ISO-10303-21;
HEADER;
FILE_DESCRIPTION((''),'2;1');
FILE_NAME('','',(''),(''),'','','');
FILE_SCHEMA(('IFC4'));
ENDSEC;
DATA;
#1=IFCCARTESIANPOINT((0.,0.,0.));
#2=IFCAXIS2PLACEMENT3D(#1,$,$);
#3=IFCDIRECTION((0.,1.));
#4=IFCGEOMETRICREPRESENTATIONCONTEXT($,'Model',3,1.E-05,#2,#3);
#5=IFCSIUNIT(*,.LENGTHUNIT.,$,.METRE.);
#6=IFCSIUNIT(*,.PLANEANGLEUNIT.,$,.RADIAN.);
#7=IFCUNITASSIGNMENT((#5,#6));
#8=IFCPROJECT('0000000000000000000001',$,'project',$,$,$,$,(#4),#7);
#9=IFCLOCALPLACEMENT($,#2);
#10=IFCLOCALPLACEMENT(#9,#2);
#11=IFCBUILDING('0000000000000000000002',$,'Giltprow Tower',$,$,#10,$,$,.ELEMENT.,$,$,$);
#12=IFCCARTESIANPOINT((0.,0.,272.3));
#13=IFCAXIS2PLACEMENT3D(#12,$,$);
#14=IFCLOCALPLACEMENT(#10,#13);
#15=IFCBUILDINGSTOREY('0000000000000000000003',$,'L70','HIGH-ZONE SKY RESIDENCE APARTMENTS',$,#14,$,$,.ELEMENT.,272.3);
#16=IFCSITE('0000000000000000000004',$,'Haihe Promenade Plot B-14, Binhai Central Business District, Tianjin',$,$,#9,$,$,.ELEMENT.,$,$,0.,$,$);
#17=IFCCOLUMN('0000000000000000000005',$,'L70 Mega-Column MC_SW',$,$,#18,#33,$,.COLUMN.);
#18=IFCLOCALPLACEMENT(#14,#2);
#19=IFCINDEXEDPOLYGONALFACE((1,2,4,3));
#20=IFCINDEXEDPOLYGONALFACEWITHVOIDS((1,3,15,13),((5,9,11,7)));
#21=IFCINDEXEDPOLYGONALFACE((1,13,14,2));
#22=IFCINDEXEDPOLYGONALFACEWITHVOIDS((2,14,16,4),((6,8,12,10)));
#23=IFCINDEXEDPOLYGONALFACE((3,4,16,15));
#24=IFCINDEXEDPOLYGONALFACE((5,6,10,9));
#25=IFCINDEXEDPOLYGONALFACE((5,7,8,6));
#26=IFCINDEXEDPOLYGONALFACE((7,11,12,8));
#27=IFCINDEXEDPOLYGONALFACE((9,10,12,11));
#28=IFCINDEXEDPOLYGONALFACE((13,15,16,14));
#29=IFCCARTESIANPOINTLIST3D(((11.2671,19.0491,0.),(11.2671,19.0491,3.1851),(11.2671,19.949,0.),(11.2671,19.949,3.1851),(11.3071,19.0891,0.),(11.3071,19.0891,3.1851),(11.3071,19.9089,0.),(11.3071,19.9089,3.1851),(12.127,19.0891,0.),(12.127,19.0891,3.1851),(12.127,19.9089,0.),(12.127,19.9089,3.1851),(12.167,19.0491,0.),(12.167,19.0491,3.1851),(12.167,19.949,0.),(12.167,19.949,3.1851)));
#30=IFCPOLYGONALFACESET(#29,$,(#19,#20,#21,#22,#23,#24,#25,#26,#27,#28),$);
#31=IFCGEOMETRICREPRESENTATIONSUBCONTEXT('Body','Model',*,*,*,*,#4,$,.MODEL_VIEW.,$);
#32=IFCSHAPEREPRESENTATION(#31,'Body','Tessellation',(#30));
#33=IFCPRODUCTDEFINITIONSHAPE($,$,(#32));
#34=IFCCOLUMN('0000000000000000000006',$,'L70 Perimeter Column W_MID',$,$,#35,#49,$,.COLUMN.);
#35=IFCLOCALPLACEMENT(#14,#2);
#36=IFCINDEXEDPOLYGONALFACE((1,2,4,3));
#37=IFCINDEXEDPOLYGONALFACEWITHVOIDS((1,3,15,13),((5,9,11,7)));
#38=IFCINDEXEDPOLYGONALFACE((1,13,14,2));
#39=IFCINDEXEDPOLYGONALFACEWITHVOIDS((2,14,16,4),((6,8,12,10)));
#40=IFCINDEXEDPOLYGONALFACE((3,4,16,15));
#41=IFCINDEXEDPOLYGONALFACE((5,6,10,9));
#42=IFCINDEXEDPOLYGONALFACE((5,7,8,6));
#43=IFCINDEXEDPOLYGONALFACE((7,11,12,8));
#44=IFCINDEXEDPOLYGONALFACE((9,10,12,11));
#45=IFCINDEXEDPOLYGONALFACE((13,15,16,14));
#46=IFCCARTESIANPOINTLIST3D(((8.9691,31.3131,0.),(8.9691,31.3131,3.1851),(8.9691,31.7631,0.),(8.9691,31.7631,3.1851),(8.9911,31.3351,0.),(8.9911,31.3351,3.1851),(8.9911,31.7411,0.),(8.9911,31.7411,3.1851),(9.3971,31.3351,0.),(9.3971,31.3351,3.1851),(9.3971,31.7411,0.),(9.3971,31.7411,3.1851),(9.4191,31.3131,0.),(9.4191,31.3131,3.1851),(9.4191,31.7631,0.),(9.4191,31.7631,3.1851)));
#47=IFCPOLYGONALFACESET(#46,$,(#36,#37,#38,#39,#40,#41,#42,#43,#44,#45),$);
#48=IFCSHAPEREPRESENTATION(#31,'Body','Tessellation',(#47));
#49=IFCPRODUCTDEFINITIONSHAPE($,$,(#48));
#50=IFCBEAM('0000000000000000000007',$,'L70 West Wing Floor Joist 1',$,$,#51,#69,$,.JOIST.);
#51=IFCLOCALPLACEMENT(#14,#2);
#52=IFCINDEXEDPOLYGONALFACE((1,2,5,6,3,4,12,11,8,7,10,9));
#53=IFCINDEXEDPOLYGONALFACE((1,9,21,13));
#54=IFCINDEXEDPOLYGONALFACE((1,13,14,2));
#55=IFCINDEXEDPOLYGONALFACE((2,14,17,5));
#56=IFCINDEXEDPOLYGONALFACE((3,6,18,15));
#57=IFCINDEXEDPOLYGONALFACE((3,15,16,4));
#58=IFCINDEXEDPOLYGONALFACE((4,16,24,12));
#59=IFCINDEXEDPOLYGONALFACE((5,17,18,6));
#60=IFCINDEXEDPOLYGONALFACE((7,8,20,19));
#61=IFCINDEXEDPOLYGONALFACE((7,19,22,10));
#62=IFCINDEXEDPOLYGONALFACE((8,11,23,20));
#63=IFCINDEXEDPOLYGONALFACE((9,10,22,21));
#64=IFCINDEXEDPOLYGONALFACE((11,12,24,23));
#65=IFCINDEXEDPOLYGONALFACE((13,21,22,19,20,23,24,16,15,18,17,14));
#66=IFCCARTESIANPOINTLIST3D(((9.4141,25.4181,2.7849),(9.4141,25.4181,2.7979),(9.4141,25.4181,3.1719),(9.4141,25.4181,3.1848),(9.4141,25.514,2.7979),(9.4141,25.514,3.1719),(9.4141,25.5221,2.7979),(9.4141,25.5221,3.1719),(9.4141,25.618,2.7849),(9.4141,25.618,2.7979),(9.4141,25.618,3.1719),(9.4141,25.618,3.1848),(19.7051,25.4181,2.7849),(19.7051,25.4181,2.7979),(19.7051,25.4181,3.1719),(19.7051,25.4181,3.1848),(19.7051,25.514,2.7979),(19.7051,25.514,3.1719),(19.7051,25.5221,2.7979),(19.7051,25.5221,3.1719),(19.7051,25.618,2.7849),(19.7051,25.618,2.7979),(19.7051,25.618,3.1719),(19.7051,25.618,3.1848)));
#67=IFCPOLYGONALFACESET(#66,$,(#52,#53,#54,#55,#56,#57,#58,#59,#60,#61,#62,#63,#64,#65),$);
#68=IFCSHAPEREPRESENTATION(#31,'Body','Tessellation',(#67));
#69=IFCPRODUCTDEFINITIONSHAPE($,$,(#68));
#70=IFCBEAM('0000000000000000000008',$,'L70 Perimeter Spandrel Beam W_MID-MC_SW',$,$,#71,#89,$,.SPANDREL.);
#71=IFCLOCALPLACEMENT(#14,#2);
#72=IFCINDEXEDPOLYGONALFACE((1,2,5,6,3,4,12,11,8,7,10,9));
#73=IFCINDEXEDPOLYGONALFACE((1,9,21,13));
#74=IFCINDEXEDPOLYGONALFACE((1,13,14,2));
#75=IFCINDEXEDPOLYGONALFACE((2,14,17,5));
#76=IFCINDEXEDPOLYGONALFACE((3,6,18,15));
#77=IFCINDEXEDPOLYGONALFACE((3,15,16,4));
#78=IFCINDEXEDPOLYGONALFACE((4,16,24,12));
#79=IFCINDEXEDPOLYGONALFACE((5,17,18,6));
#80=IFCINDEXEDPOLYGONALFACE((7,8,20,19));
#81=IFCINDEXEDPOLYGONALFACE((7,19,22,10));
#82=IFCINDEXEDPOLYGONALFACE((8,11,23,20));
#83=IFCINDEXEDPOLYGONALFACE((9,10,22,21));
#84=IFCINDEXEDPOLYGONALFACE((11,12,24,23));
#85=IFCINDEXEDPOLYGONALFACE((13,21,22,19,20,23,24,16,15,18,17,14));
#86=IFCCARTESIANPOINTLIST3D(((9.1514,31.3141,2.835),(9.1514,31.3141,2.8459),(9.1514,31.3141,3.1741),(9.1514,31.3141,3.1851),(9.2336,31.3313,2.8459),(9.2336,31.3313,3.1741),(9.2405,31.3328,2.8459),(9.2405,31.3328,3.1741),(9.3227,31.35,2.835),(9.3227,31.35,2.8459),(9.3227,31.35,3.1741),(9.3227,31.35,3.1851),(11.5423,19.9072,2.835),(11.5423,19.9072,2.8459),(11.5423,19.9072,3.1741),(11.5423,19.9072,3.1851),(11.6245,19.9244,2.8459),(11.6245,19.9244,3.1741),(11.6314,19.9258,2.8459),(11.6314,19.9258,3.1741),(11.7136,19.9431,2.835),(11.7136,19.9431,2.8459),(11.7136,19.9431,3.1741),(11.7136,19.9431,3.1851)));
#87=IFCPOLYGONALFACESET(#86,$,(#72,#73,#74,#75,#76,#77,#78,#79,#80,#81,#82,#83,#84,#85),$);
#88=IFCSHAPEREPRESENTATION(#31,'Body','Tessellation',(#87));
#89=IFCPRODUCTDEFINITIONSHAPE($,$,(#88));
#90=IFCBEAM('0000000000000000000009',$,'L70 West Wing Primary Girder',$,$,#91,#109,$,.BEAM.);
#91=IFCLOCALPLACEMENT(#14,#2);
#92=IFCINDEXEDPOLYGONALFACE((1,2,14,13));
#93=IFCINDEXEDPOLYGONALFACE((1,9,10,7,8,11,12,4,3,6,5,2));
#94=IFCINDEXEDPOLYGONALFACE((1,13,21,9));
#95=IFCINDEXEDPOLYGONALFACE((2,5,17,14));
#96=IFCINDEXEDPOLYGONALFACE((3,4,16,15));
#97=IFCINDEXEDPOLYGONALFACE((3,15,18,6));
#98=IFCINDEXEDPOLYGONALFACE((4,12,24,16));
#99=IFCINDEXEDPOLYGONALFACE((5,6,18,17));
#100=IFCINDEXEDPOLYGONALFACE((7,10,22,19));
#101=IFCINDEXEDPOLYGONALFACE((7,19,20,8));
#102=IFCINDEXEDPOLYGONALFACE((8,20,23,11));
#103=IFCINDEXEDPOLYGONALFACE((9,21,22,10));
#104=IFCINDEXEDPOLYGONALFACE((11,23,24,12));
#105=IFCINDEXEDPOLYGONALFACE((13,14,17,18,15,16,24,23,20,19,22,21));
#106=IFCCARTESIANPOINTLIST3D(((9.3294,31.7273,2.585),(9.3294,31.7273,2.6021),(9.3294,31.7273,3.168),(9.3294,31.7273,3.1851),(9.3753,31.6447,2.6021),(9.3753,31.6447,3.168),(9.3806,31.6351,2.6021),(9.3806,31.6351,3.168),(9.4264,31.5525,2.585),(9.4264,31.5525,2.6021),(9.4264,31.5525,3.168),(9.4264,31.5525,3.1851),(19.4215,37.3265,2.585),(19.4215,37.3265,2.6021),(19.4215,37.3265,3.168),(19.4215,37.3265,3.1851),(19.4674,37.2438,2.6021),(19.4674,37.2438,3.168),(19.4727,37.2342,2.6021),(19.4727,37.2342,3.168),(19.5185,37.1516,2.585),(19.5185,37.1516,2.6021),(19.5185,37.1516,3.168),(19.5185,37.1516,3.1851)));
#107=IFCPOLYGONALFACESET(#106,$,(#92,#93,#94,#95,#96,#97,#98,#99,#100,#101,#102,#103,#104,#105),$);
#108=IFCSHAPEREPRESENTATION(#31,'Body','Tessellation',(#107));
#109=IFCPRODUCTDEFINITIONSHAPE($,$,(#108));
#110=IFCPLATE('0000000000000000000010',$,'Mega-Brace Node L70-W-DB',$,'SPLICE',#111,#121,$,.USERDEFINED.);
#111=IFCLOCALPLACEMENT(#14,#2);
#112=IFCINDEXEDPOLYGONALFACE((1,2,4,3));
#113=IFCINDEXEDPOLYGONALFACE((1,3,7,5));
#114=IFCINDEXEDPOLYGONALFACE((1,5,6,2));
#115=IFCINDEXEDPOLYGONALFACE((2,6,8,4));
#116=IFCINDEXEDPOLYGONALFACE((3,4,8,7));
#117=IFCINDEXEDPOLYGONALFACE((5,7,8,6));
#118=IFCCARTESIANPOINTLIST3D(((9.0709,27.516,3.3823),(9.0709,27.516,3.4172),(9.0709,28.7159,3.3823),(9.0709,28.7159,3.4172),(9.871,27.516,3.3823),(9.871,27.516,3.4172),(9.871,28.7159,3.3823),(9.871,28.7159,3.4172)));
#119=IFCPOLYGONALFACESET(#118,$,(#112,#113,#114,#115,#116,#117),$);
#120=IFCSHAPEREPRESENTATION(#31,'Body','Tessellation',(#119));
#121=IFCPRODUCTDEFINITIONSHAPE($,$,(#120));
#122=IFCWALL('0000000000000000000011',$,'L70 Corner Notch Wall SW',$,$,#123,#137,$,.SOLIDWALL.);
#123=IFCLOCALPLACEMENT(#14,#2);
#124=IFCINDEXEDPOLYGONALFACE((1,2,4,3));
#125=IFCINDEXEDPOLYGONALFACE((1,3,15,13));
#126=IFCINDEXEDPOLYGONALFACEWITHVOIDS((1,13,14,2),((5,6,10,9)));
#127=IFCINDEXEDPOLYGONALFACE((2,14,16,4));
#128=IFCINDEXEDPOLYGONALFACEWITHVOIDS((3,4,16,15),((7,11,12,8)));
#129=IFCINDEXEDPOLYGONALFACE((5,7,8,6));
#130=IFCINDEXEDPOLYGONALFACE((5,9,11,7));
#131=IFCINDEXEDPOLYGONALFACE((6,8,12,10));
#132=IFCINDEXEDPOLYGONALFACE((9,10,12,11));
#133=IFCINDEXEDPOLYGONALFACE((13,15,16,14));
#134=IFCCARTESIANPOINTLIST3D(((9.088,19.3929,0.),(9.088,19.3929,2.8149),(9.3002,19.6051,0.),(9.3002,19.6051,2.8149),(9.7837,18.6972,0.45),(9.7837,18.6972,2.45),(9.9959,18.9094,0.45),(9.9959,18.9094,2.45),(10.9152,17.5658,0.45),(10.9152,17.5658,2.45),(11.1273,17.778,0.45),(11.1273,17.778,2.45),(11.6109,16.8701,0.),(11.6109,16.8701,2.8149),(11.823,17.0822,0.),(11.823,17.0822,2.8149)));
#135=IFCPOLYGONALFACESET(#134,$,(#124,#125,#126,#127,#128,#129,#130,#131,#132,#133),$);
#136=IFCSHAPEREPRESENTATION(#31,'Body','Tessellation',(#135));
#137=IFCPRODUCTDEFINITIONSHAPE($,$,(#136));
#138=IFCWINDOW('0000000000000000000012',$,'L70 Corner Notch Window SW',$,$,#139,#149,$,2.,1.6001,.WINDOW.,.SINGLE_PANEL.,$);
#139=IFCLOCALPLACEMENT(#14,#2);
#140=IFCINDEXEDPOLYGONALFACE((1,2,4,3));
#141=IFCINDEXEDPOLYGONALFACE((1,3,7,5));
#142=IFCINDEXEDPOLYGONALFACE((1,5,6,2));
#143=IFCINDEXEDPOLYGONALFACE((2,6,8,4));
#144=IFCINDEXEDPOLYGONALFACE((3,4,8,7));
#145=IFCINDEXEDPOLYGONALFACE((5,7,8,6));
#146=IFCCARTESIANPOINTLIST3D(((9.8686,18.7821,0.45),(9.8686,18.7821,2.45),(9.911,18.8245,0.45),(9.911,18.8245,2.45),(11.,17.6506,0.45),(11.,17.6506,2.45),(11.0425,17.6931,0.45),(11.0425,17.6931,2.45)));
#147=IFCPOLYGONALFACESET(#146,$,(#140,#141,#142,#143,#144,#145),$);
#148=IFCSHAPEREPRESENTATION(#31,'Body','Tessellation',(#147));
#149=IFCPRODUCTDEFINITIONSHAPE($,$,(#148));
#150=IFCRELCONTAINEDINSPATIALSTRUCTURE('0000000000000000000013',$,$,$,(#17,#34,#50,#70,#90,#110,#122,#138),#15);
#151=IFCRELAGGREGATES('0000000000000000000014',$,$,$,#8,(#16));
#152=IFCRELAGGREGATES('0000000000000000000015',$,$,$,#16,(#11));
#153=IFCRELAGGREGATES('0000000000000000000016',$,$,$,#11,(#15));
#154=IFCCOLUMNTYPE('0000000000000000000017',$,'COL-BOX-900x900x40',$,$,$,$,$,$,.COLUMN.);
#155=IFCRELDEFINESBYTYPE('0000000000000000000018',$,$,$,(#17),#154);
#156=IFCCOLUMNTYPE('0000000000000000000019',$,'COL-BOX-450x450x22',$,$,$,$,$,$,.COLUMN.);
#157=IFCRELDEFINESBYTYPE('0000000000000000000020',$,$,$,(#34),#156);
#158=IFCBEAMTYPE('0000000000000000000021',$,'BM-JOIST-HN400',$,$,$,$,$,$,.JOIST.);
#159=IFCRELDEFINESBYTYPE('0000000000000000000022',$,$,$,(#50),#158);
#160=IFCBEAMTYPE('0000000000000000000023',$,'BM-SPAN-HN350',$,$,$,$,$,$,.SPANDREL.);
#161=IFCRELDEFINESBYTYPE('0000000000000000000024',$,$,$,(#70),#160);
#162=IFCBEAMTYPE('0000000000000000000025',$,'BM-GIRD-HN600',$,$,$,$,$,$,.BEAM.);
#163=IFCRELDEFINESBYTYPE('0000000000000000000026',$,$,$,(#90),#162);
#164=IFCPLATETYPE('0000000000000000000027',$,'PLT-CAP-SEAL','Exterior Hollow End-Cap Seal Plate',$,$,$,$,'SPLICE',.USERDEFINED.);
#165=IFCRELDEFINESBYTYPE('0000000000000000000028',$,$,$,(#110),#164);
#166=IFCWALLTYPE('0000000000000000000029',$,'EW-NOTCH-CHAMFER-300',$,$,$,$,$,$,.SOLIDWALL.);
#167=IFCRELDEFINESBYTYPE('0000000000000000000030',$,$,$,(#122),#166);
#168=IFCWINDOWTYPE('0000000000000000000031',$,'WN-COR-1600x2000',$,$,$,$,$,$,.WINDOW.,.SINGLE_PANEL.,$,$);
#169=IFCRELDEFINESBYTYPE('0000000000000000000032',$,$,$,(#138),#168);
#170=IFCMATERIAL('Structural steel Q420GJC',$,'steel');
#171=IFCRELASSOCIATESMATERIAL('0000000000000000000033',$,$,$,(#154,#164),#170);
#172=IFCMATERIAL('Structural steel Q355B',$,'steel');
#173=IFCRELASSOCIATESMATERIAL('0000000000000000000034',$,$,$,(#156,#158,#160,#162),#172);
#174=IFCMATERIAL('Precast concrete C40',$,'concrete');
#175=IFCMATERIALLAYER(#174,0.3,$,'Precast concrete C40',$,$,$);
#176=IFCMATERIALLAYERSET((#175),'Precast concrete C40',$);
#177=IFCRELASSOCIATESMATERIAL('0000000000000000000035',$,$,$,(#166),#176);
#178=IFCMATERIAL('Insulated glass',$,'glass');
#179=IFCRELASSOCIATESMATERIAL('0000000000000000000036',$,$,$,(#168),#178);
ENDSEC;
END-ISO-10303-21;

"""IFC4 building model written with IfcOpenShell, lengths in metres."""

from ifc_helpers import new_model, si_unit, direction, frame, frame_2d, origin, origin_2d, place, context, subcontext, project, spatial, rectangle, hollow_rectangle, i_section, extrude, source, transform, mapped, material, layer, layer_set, material_profile, profile_set, type_object, element, fill, save


model = new_model("IFC4")

# Units and contexts
model_context = context("Model", 3, precision=1e-05, world=origin(), true_north=direction((0.0, 1.0)))
body_context = subcontext(model_context, "Body", "Model", "MODEL_VIEW")
ifc_project = project(units=[si_unit("LENGTHUNIT", "METRE"), si_unit("PLANEANGLEUNIT", "RADIAN")], contexts=[model_context])

# Site, building, storey
site_placement = place(None, origin())
site = spatial("IfcSite", under=ifc_project, at=site_placement, Name="Haihe Promenade Plot B-14, Binhai Central Business District, Tianjin", CompositionType="ELEMENT", RefElevation=0.0)
building_placement = place(site_placement, origin())
building = spatial("IfcBuilding", under=site, at=building_placement, Name="Giltprow Tower", CompositionType="ELEMENT")
storey_placement = place(building_placement, frame((0.0, 0.0, 272.3)))
storey = spatial("IfcBuildingStorey", under=building, at=storey_placement, Name="L70", Description="HIGH-ZONE SKY RESIDENCE APARTMENTS", CompositionType="ELEMENT", Elevation=272.3)

# Columns
ifc_material_1 = material(Name="Structural steel Q420GJC", Category="steel")
ifc_material_profile_1 = material_profile(ifc_material_1, hollow_rectangle(XDim=0.8999, YDim=0.8999, WallThickness=0.04, at=origin_2d()), Name="BOX 900x900x40")
ifc_profile_set_1 = profile_set([ifc_material_profile_1], Name="Structural steel Q420GJC")
column_type_1 = type_object("IfcColumnType", Name="COL-BOX-900x900x40", PredefinedType="COLUMN", material=ifc_profile_set_1)
shared_shape_1 = source(origin(), body_context, "Body", "SweptSolid", [
    extrude(hollow_rectangle(XDim=0.8999, YDim=0.8999, WallThickness=0.04, at=origin_2d()), origin(), (0.0, 0.0, 1.0), 3.1851),
])
column_1_placement = place(storey_placement, frame((11.717, 19.499, 0.0), z_axis=(0.0, 0.0, 1.0), x_axis=(1.0, 0.0, 0.0)))
element("IfcColumn", 1, at=column_1_placement, inside=storey, type_object=column_type_1, Name="L70 Mega-Column MC_SW", PredefinedType="COLUMN", context=body_context, shape_type="MappedRepresentation", body=[
    mapped(shared_shape_1, transform((0.0, 0.0, 0.0), x_axis=(1.0, 0.0, 0.0), y_axis=(0.0, 1.0, 0.0), z_axis=(0.0, 0.0, 1.0), scale=1.0)),
])
ifc_material_2 = material(Name="Structural steel Q355B", Category="steel")
ifc_material_profile_2 = material_profile(ifc_material_2, hollow_rectangle(XDim=0.45, YDim=0.45, WallThickness=0.022, at=origin_2d()), Name="BOX 450x450x22")
ifc_profile_set_2 = profile_set([ifc_material_profile_2], Name="Structural steel Q355B")
column_type_2 = type_object("IfcColumnType", Name="COL-BOX-450x450x22", PredefinedType="COLUMN", material=ifc_profile_set_2)
shared_shape_2 = source(origin(), body_context, "Body", "SweptSolid", [
    extrude(hollow_rectangle(XDim=0.45, YDim=0.45, WallThickness=0.022, at=origin_2d()), origin(), (0.0, 0.0, 1.0), 3.1851),
])
column_2_placement = place(storey_placement, frame((9.1941, 31.5381, 0.0), z_axis=(0.0, 0.0, 1.0), x_axis=(1.0, 0.0, 0.0)))
element("IfcColumn", 2, at=column_2_placement, inside=storey, type_object=column_type_2, Name="L70 Perimeter Column W_MID", PredefinedType="COLUMN", context=body_context, shape_type="MappedRepresentation", body=[
    mapped(shared_shape_2, transform((0.0, 0.0, 0.0), x_axis=(1.0, 0.0, 0.0), y_axis=(0.0, 1.0, 0.0), z_axis=(0.0, 0.0, 1.0), scale=1.0)),
])

# Beams
ifc_material_profile_3 = material_profile(ifc_material_2, i_section(OverallWidth=0.2, OverallDepth=0.3999, WebThickness=0.0081, FlangeThickness=0.0129, at=origin_2d()), Name="HN 400x200x8x13")
ifc_profile_set_3 = profile_set([ifc_material_profile_3], Name="Structural steel Q355B")
beam_type_1 = type_object("IfcBeamType", Name="BM-JOIST-HN400", PredefinedType="JOIST", material=ifc_profile_set_3)
shared_shape_3 = source(origin(), body_context, "Body", "SweptSolid", [
    extrude(i_section(OverallWidth=0.2, OverallDepth=0.3999, WebThickness=0.0081, FlangeThickness=0.0129, at=origin_2d()), origin(), (0.0, 0.0, 1.0), 10.291),
])
beam_1_placement = place(storey_placement, frame((9.4141, 25.5181, 2.9849), z_axis=(1.0, 0.0, 0.0), x_axis=(0.0, 1.0, 0.0)))
element("IfcBeam", 3, at=beam_1_placement, inside=storey, type_object=beam_type_1, Name="L70 West Wing Floor Joist 1", PredefinedType="JOIST", context=body_context, shape_type="MappedRepresentation", body=[
    mapped(shared_shape_3, transform((0.0, 0.0, 0.0), x_axis=(1.0, 0.0, 0.0), y_axis=(0.0, 1.0, 0.0), z_axis=(0.0, 0.0, 1.0), scale=1.0)),
])
ifc_material_profile_4 = material_profile(ifc_material_2, i_section(OverallWidth=0.175, OverallDepth=0.3501, WebThickness=0.0071, FlangeThickness=0.011, at=origin_2d()), Name="HN 350x175x7x11")
ifc_profile_set_4 = profile_set([ifc_material_profile_4], Name="Structural steel Q355B")
beam_type_2 = type_object("IfcBeamType", Name="BM-SPAN-HN350", PredefinedType="SPANDREL", material=ifc_profile_set_4)
shared_shape_4 = source(origin(), body_context, "Body", "SweptSolid", [
    extrude(i_section(OverallWidth=0.175, OverallDepth=0.3501, WebThickness=0.0071, FlangeThickness=0.011, at=origin_2d()), origin(), (0.0, 0.0, 1.0), 11.6548),
])
beam_2_placement = place(storey_placement, frame((9.2371, 31.332, 3.01), z_axis=(0.205139, -0.978733, 0.0), x_axis=(0.978733, 0.205139, 0.0)))
element("IfcBeam", 4, at=beam_2_placement, inside=storey, type_object=beam_type_2, Name="L70 Perimeter Spandrel Beam W_MID-MC_SW", PredefinedType="SPANDREL", context=body_context, shape_type="MappedRepresentation", body=[
    mapped(shared_shape_4, transform((0.0, 0.0, 0.0), x_axis=(1.0, 0.0, 0.0), y_axis=(0.0, 1.0, 0.0), z_axis=(0.0, 0.0, 1.0), scale=1.0)),
])
ifc_material_profile_5 = material_profile(ifc_material_2, i_section(OverallWidth=0.2, OverallDepth=0.6001, WebThickness=0.011, FlangeThickness=0.0171, at=origin_2d()), Name="HN 600x200x11x17")
ifc_profile_set_5 = profile_set([ifc_material_profile_5], Name="Structural steel Q355B")
beam_type_3 = type_object("IfcBeamType", Name="BM-GIRD-HN600", PredefinedType="BEAM", material=ifc_profile_set_5)
shared_shape_5 = source(origin(), body_context, "Body", "SweptSolid", [
    extrude(i_section(OverallWidth=0.2, OverallDepth=0.6001, WebThickness=0.011, FlangeThickness=0.0171, at=origin_2d()), origin(), (0.0, 0.0, 1.0), 11.5413),
])
beam_3_placement = place(storey_placement, frame((9.3779, 31.6399, 2.885), z_axis=(0.874436, 0.485142, 0.0), x_axis=(-0.485142, 0.874436, 0.0)))
element("IfcBeam", 5, at=beam_3_placement, inside=storey, type_object=beam_type_3, Name="L70 West Wing Primary Girder", PredefinedType="BEAM", context=body_context, shape_type="MappedRepresentation", body=[
    mapped(shared_shape_5, transform((0.0, 0.0, 0.0), x_axis=(1.0, 0.0, 0.0), y_axis=(0.0, 1.0, 0.0), z_axis=(0.0, 0.0, 1.0), scale=1.0)),
])

# Plate
plate_type = type_object("IfcPlateType", Name="PLT-CAP-SEAL", Description="Exterior Hollow End-Cap Seal Plate", ElementType="SPLICE", PredefinedType="USERDEFINED", material=ifc_material_1)
shared_shape_6 = source(origin(), body_context, "Body", "SweptSolid", [
    extrude(rectangle(XDim=1.2, YDim=0.8, at=origin_2d()), origin(), (0.0, 0.0, 1.0), 0.0349),
])
plate_placement = place(storey_placement, frame((9.4709, 28.116, 3.3823), z_axis=(0.0, 0.0, 1.0), x_axis=(0.0, 1.0, 0.0)))
element("IfcPlate", 6, at=plate_placement, inside=storey, type_object=plate_type, Name="Mega-Brace Node L70-W-DB", ObjectType="SPLICE", PredefinedType="USERDEFINED", context=body_context, shape_type="MappedRepresentation", body=[
    mapped(shared_shape_6, transform((0.0, 0.0, 0.0), x_axis=(1.0, 0.0, 0.0), y_axis=(0.0, 1.0, 0.0), z_axis=(0.0, 0.0, 1.0), scale=1.0)),
])

# Wall, opening, window
ifc_material_3 = material(Name="Precast concrete C40", Category="concrete")
ifc_layer_1 = layer(ifc_material_3, 0.3, Name="Precast concrete C40")
ifc_layer_set_1 = layer_set([ifc_layer_1], Name="Precast concrete C40")
wall_type_1 = type_object("IfcWallType", Name="EW-NOTCH-CHAMFER-300", PredefinedType="SOLIDWALL", material=ifc_layer_set_1)
wall_1_placement = place(storey_placement, frame((9.1941, 19.499, 0.0), z_axis=(0.0, 0.0, 1.0), x_axis=(0.707107, -0.707107, 0.0)))
wall_1 = element("IfcWall", 7, at=wall_1_placement, inside=storey, type_object=wall_type_1, Name="L70 Corner Notch Wall SW", PredefinedType="SOLIDWALL", context=body_context, shape_type="SweptSolid", body=[
    extrude(rectangle(XDim=3.5679, YDim=0.3, at=frame_2d((1.7839, 0.0))), origin(), (0.0, 0.0, 1.0), 2.8149),
])
opening_1_placement = place(wall_1_placement, frame((0.9839, 0.0, 0.45)))
opening_1 = element("IfcOpeningElement", 8, at=opening_1_placement, cuts=wall_1, PredefinedType="OPENING", context=body_context, shape_type="SweptSolid", body=[
    extrude(rectangle(XDim=1.6001, YDim=2.0, at=frame_2d((0.8, 1.0))), frame((0.0, 0.1599, 0.0), z_axis=(0.0, -1.0, 0.0), x_axis=(1.0, 0.0, 0.0)), (0.0, 0.0, 1.0), 0.3201),
])
ifc_material_4 = material(Name="Insulated glass", Category="glass")
window_type_1 = type_object("IfcWindowType", Name="WN-COR-1600x2000", PartitioningType="SINGLE_PANEL", PredefinedType="WINDOW", material=ifc_material_4)
shared_shape_7 = source(origin(), body_context, "Body", "SweptSolid", [
    extrude(rectangle(XDim=1.6001, YDim=2.0, at=frame_2d((0.8, 1.0))), frame((0.0, 0.03, 0.0), z_axis=(0.0, -1.0, 0.0), x_axis=(1.0, 0.0, 0.0)), (0.0, 0.0, 1.0), 0.0601),
])
window_1_placement = place(opening_1_placement, origin())
window_1 = element("IfcWindow", 9, at=window_1_placement, inside=storey, type_object=window_type_1, Name="L70 Corner Notch Window SW", OverallHeight=2.0, OverallWidth=1.6001, PartitioningType="SINGLE_PANEL", PredefinedType="WINDOW", context=body_context, shape_type="MappedRepresentation", body=[
    mapped(shared_shape_7, transform((0.0, 0.0, 0.0), x_axis=(1.0, 0.0, 0.0), y_axis=(0.0, 1.0, 0.0), z_axis=(0.0, 0.0, 1.0), scale=1.0)),
])
fill(opening_1, window_1)

save(model, "model.ifc")
